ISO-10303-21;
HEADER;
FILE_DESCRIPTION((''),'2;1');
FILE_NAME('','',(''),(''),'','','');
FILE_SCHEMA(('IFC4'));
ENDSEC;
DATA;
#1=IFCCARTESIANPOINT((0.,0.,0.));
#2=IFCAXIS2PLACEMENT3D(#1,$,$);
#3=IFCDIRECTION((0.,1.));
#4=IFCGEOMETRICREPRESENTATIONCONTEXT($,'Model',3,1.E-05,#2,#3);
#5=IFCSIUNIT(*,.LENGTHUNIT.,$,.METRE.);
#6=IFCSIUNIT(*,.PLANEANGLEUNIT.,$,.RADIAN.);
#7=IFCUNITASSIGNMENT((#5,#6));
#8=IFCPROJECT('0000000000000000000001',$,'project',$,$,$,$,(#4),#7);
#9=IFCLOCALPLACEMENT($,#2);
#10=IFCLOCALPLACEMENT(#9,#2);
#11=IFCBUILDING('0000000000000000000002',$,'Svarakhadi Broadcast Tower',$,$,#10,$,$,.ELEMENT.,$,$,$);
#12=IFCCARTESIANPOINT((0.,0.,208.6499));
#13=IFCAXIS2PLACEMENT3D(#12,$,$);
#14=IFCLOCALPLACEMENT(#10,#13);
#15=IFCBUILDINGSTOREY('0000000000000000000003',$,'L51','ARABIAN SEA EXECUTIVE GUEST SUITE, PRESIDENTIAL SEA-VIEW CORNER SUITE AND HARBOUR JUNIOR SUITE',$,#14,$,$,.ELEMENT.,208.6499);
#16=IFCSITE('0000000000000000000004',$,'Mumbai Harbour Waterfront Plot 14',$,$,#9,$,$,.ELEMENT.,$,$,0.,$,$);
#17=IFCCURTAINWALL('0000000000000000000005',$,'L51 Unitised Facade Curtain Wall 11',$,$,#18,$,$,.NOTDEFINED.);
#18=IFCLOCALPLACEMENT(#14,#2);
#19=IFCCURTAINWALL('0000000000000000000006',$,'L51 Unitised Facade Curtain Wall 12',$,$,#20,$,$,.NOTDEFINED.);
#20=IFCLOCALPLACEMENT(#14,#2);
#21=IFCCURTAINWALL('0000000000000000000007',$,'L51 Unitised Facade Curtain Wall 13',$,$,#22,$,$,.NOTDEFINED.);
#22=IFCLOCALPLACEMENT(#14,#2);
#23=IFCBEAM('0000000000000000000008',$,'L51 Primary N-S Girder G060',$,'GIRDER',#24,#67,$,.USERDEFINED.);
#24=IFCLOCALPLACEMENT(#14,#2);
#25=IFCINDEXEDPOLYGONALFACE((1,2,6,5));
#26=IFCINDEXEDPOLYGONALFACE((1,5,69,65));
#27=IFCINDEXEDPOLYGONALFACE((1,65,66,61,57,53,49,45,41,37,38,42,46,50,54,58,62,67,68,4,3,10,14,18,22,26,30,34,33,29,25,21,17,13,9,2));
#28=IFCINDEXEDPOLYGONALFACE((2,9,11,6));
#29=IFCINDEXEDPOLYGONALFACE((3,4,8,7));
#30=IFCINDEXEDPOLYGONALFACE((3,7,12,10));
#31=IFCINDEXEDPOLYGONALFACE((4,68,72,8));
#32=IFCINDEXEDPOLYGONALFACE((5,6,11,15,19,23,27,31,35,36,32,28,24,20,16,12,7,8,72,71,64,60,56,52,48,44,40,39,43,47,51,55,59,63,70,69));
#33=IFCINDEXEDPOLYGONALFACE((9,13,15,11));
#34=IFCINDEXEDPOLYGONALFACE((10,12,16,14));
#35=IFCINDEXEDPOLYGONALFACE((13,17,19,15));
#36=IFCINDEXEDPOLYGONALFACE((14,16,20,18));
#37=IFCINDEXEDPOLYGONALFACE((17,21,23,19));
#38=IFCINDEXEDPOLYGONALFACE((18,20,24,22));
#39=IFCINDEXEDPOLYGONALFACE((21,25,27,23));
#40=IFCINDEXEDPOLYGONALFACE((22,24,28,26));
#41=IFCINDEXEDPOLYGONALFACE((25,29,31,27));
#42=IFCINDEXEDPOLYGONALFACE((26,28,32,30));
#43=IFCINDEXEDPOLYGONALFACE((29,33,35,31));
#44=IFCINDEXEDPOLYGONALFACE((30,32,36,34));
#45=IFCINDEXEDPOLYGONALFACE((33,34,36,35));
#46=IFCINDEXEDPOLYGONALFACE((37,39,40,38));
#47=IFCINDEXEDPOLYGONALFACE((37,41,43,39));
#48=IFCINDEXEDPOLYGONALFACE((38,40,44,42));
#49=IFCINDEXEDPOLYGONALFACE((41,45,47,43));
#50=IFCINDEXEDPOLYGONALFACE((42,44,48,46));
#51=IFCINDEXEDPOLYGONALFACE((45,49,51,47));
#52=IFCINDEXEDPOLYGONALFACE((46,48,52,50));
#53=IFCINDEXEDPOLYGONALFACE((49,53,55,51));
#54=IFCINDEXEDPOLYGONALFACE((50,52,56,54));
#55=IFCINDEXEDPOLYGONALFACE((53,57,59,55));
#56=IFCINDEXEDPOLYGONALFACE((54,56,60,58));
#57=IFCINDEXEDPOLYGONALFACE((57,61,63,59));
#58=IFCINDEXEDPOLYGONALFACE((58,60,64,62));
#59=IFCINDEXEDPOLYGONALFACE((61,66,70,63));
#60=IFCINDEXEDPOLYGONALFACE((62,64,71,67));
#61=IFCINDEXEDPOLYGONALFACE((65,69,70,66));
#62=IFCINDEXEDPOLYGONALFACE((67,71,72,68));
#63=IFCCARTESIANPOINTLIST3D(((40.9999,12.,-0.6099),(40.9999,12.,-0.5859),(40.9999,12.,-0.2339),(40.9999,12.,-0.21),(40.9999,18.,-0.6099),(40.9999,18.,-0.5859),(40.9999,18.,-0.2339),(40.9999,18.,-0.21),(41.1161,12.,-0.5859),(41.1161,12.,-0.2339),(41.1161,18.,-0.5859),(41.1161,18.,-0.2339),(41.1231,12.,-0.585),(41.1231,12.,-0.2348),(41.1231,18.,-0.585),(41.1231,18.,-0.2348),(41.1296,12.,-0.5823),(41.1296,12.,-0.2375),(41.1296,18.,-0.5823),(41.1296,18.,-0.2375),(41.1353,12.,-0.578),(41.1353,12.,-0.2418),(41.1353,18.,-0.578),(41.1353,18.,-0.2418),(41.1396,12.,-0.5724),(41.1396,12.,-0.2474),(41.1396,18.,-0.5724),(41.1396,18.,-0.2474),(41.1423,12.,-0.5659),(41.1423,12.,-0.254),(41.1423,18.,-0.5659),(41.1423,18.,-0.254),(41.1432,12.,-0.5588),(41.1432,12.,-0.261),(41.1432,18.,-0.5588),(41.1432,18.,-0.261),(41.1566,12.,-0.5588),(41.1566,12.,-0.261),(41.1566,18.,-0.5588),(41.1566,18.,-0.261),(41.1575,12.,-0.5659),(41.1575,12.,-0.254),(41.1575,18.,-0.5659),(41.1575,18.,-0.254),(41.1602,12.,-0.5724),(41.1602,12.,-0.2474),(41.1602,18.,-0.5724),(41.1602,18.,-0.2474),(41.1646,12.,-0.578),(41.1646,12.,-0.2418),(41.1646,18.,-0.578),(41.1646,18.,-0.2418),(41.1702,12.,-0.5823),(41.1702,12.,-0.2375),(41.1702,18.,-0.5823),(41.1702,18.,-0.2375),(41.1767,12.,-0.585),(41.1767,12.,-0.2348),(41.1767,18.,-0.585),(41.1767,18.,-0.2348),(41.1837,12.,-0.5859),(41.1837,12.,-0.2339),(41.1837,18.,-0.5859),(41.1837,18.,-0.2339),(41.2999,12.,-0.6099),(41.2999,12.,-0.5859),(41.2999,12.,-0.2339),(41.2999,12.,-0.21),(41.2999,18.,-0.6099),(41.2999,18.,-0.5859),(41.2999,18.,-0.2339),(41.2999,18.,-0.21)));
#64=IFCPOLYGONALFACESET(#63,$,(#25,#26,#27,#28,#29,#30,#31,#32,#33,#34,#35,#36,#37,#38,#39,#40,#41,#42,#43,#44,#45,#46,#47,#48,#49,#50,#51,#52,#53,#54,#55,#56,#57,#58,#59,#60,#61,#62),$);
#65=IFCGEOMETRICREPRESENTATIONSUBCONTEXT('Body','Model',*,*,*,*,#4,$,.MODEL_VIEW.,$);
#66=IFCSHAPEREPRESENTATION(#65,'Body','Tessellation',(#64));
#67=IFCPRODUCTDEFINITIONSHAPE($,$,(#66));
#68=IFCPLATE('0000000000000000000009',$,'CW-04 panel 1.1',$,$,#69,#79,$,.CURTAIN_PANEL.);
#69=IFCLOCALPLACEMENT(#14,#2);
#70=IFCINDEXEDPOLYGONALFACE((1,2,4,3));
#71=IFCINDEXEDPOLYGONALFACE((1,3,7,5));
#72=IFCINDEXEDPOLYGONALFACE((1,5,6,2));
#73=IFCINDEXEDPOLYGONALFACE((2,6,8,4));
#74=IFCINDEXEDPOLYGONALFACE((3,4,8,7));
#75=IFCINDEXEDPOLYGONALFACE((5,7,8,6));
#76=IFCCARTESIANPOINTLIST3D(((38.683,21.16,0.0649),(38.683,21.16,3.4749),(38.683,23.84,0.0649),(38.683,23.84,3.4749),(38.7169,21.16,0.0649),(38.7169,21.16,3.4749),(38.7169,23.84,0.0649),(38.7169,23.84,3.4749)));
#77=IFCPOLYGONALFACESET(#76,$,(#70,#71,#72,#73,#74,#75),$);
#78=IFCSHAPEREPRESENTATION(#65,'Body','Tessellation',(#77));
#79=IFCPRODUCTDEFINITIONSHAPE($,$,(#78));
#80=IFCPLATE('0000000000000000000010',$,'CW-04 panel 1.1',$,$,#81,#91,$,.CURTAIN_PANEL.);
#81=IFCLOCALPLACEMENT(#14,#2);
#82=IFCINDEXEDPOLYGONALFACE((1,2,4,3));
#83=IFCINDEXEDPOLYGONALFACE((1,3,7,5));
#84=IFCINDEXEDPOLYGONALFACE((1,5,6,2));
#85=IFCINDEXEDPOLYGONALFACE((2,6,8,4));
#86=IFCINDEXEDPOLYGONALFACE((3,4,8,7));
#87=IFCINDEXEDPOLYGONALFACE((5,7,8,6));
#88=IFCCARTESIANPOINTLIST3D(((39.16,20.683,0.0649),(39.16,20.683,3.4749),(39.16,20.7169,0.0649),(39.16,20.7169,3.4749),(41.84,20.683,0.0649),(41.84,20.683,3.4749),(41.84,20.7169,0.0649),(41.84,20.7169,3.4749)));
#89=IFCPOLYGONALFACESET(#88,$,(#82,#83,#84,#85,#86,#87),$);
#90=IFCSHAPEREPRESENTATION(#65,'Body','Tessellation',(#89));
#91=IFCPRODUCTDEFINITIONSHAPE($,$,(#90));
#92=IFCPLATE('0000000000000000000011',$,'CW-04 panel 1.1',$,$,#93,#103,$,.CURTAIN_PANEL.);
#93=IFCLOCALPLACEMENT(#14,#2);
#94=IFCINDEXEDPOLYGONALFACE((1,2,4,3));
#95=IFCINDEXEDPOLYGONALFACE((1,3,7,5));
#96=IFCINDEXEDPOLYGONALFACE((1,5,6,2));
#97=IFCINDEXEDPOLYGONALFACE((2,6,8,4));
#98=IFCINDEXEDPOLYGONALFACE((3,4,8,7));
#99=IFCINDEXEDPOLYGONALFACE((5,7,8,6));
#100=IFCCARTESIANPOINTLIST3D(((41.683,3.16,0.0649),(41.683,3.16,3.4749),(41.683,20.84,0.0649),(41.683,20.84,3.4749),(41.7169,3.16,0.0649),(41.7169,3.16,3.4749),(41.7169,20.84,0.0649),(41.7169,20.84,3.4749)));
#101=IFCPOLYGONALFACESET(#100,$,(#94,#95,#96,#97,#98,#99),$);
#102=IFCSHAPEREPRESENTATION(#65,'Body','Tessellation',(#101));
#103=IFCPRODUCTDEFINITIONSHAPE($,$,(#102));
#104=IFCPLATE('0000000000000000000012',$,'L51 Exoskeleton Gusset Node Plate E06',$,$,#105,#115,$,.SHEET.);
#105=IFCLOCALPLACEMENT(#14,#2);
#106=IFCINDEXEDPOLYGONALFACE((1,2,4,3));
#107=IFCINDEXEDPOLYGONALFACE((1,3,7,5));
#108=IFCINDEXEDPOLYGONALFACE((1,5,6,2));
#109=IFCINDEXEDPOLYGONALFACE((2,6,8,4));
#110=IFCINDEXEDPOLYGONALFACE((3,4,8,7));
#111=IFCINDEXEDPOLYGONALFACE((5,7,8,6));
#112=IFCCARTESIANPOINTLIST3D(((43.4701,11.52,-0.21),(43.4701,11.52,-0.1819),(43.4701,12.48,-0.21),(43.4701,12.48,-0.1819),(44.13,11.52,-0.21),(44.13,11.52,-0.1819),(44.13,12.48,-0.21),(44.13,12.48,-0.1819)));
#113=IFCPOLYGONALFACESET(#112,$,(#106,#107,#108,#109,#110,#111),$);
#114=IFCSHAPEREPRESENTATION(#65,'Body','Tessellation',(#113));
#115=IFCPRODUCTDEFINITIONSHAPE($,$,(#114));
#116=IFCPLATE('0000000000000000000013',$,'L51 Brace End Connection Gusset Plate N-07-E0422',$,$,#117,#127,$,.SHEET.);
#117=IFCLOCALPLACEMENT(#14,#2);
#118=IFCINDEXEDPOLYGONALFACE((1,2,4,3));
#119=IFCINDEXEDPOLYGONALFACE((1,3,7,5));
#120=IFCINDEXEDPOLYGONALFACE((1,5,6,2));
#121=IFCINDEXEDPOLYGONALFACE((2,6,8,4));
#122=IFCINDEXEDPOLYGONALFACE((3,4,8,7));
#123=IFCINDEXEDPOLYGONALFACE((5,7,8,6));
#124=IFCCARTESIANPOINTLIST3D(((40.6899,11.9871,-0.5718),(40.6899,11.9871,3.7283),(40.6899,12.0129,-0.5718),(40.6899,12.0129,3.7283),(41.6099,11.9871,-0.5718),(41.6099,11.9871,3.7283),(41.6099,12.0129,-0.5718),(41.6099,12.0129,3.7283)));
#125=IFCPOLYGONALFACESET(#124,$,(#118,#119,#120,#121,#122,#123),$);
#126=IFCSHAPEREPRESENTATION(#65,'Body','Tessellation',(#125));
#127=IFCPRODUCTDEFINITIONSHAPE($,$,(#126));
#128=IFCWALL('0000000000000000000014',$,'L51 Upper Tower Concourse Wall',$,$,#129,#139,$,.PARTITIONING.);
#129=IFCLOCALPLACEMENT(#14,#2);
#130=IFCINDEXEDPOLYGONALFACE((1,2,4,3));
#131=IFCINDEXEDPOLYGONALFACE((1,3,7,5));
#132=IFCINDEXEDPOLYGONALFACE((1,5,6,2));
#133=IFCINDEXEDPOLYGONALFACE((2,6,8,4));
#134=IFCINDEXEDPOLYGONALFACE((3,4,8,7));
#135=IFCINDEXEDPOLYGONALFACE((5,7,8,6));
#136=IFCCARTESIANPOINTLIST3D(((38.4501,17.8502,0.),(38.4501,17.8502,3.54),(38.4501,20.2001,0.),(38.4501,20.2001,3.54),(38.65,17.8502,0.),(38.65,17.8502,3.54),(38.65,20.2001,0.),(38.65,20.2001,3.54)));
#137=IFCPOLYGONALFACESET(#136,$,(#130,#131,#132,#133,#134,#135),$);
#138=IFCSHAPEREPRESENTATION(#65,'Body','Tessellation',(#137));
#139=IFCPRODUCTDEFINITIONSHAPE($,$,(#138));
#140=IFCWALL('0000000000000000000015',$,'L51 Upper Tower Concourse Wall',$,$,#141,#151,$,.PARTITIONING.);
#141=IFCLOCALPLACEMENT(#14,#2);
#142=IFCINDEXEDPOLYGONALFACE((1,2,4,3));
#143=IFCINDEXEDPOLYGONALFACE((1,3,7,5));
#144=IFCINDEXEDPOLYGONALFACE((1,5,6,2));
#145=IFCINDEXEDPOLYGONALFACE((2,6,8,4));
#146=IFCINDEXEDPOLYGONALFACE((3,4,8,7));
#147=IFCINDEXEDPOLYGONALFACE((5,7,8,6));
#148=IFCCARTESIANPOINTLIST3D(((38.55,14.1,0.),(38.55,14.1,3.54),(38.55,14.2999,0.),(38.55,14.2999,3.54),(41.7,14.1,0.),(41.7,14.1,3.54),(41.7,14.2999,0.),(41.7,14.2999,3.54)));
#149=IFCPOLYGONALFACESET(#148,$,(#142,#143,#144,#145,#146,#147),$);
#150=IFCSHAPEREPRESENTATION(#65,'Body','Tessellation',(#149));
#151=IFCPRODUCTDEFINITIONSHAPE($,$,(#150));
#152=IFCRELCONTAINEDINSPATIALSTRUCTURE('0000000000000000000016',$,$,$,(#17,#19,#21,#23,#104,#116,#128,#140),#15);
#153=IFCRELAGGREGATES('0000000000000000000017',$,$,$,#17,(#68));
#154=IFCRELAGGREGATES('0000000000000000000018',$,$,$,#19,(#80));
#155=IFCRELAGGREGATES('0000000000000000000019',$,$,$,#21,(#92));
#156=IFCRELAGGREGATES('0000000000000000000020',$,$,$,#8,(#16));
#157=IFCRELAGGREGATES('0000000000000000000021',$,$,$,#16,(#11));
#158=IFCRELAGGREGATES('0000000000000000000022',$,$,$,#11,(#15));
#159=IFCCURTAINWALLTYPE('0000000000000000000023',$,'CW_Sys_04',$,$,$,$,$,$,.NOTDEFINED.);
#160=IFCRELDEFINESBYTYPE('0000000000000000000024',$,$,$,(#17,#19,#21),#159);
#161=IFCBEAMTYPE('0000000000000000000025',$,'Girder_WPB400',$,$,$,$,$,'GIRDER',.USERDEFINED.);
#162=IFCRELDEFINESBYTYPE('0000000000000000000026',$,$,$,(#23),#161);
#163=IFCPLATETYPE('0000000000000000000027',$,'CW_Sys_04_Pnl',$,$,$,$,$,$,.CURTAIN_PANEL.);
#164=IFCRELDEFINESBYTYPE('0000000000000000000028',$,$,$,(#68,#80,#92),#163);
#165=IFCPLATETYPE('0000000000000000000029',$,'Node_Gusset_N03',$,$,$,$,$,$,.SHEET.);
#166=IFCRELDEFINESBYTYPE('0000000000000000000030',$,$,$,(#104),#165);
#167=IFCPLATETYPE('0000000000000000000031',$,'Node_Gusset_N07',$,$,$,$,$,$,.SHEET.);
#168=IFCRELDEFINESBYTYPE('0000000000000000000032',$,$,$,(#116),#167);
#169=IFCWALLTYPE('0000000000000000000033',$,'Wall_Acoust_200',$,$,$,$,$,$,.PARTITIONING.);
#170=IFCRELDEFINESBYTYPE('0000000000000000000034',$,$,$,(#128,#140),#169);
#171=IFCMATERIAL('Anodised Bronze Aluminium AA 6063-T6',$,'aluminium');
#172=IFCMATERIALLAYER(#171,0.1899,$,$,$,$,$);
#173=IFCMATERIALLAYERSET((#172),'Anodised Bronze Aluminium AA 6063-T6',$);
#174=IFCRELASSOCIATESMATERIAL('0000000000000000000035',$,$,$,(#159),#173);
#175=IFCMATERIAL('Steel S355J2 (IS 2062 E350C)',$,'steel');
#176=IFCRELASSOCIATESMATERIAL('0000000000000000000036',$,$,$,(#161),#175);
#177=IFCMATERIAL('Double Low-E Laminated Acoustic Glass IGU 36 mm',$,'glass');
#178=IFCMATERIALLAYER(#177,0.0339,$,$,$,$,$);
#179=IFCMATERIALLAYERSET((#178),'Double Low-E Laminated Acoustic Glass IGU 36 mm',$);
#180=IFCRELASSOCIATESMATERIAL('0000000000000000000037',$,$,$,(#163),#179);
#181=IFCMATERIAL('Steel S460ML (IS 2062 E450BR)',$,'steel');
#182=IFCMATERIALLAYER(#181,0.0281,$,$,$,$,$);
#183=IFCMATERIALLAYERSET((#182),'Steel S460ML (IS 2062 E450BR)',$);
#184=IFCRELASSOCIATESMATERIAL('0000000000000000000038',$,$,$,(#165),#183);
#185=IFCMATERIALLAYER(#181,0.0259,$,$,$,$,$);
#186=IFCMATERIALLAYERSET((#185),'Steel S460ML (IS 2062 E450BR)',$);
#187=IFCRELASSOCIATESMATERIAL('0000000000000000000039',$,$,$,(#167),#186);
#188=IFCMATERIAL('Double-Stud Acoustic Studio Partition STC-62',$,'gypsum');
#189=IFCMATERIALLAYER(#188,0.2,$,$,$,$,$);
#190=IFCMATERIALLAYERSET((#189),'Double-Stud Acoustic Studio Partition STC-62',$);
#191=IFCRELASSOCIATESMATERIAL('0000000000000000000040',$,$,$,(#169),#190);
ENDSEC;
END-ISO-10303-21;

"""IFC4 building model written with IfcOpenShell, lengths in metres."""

from ifc_helpers import new_model, si_unit, direction, frame, frame_2d, origin, origin_2d, place, context, subcontext, project, spatial, rectangle, i_section, extrude, material, layer, layer_set, material_profile, profile_set, type_object, element, aggregate, save


model = new_model("IFC4")

# Units and contexts
model_context = context("Model", 3, precision=1e-05, world=origin(), true_north=direction((0.0, 1.0)))
body_context = subcontext(model_context, "Body", "Model", "MODEL_VIEW")
ifc_project = project(units=[si_unit("LENGTHUNIT", "METRE"), si_unit("PLANEANGLEUNIT", "RADIAN")], contexts=[model_context])

# Site, building, storey
site_placement = place(None, origin())
site = spatial("IfcSite", under=ifc_project, at=site_placement, Name="Mumbai Harbour Waterfront Plot 14", CompositionType="ELEMENT", RefElevation=0.0)
building_placement = place(site_placement, origin())
building = spatial("IfcBuilding", under=site, at=building_placement, Name="Svarakhadi Broadcast Tower", CompositionType="ELEMENT")
storey_placement = place(building_placement, frame((0.0, 0.0, 208.6499)))
storey = spatial("IfcBuildingStorey", under=building, at=storey_placement, Name="L51", Description="ARABIAN SEA EXECUTIVE GUEST SUITE, PRESIDENTIAL SEA-VIEW CORNER SUITE AND HARBOUR JUNIOR SUITE", CompositionType="ELEMENT", Elevation=208.6499)

# Shared definitions
ifc_material_1 = material(Name="Steel S460ML (IS 2062 E450BR)", Category="steel")

# Shared definitions
ifc_material_2 = material(Name="Anodised Bronze Aluminium AA 6063-T6", Category="aluminium")
ifc_layer_1 = layer(ifc_material_2, 0.1899)
ifc_layer_set_1 = layer_set([ifc_layer_1], Name="Anodised Bronze Aluminium AA 6063-T6")
curtain_wall_type = type_object("IfcCurtainWallType", Name="CW_Sys_04", PredefinedType="NOTDEFINED", material=ifc_layer_set_1)

# Curtain walls
curtain_wall_1_placement = place(storey_placement, origin())
curtain_wall_1 = element("IfcCurtainWall", 1, at=curtain_wall_1_placement, inside=storey, type_object=curtain_wall_type, Name="L51 Unitised Facade Curtain Wall 11", PredefinedType="NOTDEFINED")
curtain_wall_2_placement = place(storey_placement, origin())
curtain_wall_2 = element("IfcCurtainWall", 2, at=curtain_wall_2_placement, inside=storey, type_object=curtain_wall_type, Name="L51 Unitised Facade Curtain Wall 12", PredefinedType="NOTDEFINED")

# Curtain wall
curtain_wall_3_placement = place(storey_placement, origin())
curtain_wall_3 = element("IfcCurtainWall", 3, at=curtain_wall_3_placement, inside=storey, type_object=curtain_wall_type, Name="L51 Unitised Facade Curtain Wall 13", PredefinedType="NOTDEFINED")

# Beam
ifc_material_3 = material(Name="Steel S355J2 (IS 2062 E350C)", Category="steel")
ifc_material_profile_1 = material_profile(ifc_material_3, i_section(OverallWidth=0.3, OverallDepth=0.3999, WebThickness=0.0134, FlangeThickness=0.0239, FilletRadius=0.0271, at=origin_2d()), Name="WPB 400x300x155")
ifc_profile_set_1 = profile_set([ifc_material_profile_1], Name="Steel S355J2 (IS 2062 E350C)")
beam_type = type_object("IfcBeamType", Name="Girder_WPB400", ElementType="GIRDER", PredefinedType="USERDEFINED", material=ifc_profile_set_1)
beam_placement = place(storey_placement, frame((41.1499, 12.0, -0.4099), z_axis=(0.0, 1.0, 0.0), x_axis=(-1.0, 0.0, 0.0)))
element("IfcBeam", 4, at=beam_placement, inside=storey, type_object=beam_type, Name="L51 Primary N-S Girder G060", ObjectType="GIRDER", PredefinedType="USERDEFINED", context=body_context, shape_type="SweptSolid", body=[
    extrude(i_section(OverallWidth=0.3, OverallDepth=0.3999, WebThickness=0.0134, FlangeThickness=0.0239, FilletRadius=0.0271, at=origin_2d()), origin(), (0.0, 0.0, 1.0), 6.0),
])

# Plates
ifc_material_4 = material(Name="Double Low-E Laminated Acoustic Glass IGU 36 mm", Category="glass")
ifc_layer_2 = layer(ifc_material_4, 0.0339)
ifc_layer_set_2 = layer_set([ifc_layer_2], Name="Double Low-E Laminated Acoustic Glass IGU 36 mm")
plate_type_1 = type_object("IfcPlateType", Name="CW_Sys_04_Pnl", PredefinedType="CURTAIN_PANEL", material=ifc_layer_set_2)
plate_1_placement = place(storey_placement, frame((38.7, 22.5, 0.0649), z_axis=(0.0, 0.0, 1.0), x_axis=(0.0, -1.0, 0.0)))
plate_1 = element("IfcPlate", 5, at=plate_1_placement, type_object=plate_type_1, Name="CW-04 panel 1.1", PredefinedType="CURTAIN_PANEL", context=body_context, shape_type="SweptSolid", body=[
    extrude(rectangle(XDim=2.6799, YDim=0.0339, at=origin_2d()), origin(), (0.0, 0.0, 1.0), 3.4099),
])
aggregate(curtain_wall_1, [plate_1])
plate_2_placement = place(storey_placement, frame((40.5, 20.7, 0.0649), z_axis=(0.0, 0.0, 1.0), x_axis=(1.0, 0.0, 0.0)))
plate_2 = element("IfcPlate", 6, at=plate_2_placement, type_object=plate_type_1, Name="CW-04 panel 1.1", PredefinedType="CURTAIN_PANEL", context=body_context, shape_type="SweptSolid", body=[
    extrude(rectangle(XDim=2.6799, YDim=0.0339, at=origin_2d()), origin(), (0.0, 0.0, 1.0), 3.4099),
])
aggregate(curtain_wall_2, [plate_2])
plate_3_placement = place(storey_placement, frame((41.7, 12.0, 0.0649), z_axis=(0.0, 0.0, 1.0), x_axis=(0.0, -1.0, 0.0)))
plate_3 = element("IfcPlate", 7, at=plate_3_placement, type_object=plate_type_1, Name="CW-04 panel 1.1", PredefinedType="CURTAIN_PANEL", context=body_context, shape_type="SweptSolid", body=[
    extrude(rectangle(XDim=17.6799, YDim=0.0339, at=origin_2d()), origin(), (0.0, 0.0, 1.0), 3.4099),
])
aggregate(curtain_wall_3, [plate_3])

# Plates
ifc_layer_3 = layer(ifc_material_1, 0.0281)
ifc_layer_set_3 = layer_set([ifc_layer_3], Name="Steel S460ML (IS 2062 E450BR)")
plate_type_2 = type_object("IfcPlateType", Name="Node_Gusset_N03", PredefinedType="SHEET", material=ifc_layer_set_3)
plate_4_placement = place(storey_placement, frame((43.8, 12.0, -0.21), z_axis=(0.0, 0.0, 1.0), x_axis=(0.0, 1.0, 0.0)))
element("IfcPlate", 8, at=plate_4_placement, inside=storey, type_object=plate_type_2, Name="L51 Exoskeleton Gusset Node Plate E06", PredefinedType="SHEET", context=body_context, shape_type="SweptSolid", body=[
    extrude(rectangle(XDim=0.96, YDim=0.6599, at=origin_2d()), origin(), (0.0, 0.0, 1.0), 0.0281),
])
ifc_layer_4 = layer(ifc_material_1, 0.0259)
ifc_layer_set_4 = layer_set([ifc_layer_4], Name="Steel S460ML (IS 2062 E450BR)")
plate_type_3 = type_object("IfcPlateType", Name="Node_Gusset_N07", PredefinedType="SHEET", material=ifc_layer_set_4)
plate_5_placement = place(storey_placement, frame((41.1499, 12.0, -0.5718), z_axis=(0.0, 0.0, 1.0), x_axis=(1.0, 0.0, 0.0)))
element("IfcPlate", 9, at=plate_5_placement, inside=storey, type_object=plate_type_3, Name="L51 Brace End Connection Gusset Plate N-07-E0422", PredefinedType="SHEET", context=body_context, shape_type="SweptSolid", body=[
    extrude(rectangle(XDim=0.9199, YDim=0.0259, at=origin_2d()), origin(), (0.0, 0.0, 1.0), 4.3),
])

# Walls
ifc_material_5 = material(Name="Double-Stud Acoustic Studio Partition STC-62", Category="gypsum")
ifc_layer_5 = layer(ifc_material_5, 0.2)
ifc_layer_set_5 = layer_set([ifc_layer_5], Name="Double-Stud Acoustic Studio Partition STC-62")
wall_type = type_object("IfcWallType", Name="Wall_Acoust_200", PredefinedType="PARTITIONING", material=ifc_layer_set_5)
wall_1_placement = place(storey_placement, frame((38.55, 20.2, 0.0), z_axis=(0.0, 0.0, 1.0), x_axis=(0.0, -1.0, 0.0)))
element("IfcWall", 10, at=wall_1_placement, inside=storey, type_object=wall_type, Name="L51 Upper Tower Concourse Wall", PredefinedType="PARTITIONING", context=body_context, shape_type="SweptSolid", body=[
    extrude(rectangle(XDim=2.3499, YDim=0.2, at=frame_2d((1.1748, 0.0))), origin(), (0.0, 0.0, 1.0), 3.54),
])
wall_2_placement = place(storey_placement, frame((41.7, 14.2, 0.0), z_axis=(0.0, 0.0, 1.0), x_axis=(-1.0, 0.0, 0.0)))
element("IfcWall", 11, at=wall_2_placement, inside=storey, type_object=wall_type, Name="L51 Upper Tower Concourse Wall", PredefinedType="PARTITIONING", context=body_context, shape_type="SweptSolid", body=[
    extrude(rectangle(XDim=3.1499, YDim=0.2, at=frame_2d((1.575, 0.0))), origin(), (0.0, 0.0, 1.0), 3.54),
])

save(model, "model.ifc")
